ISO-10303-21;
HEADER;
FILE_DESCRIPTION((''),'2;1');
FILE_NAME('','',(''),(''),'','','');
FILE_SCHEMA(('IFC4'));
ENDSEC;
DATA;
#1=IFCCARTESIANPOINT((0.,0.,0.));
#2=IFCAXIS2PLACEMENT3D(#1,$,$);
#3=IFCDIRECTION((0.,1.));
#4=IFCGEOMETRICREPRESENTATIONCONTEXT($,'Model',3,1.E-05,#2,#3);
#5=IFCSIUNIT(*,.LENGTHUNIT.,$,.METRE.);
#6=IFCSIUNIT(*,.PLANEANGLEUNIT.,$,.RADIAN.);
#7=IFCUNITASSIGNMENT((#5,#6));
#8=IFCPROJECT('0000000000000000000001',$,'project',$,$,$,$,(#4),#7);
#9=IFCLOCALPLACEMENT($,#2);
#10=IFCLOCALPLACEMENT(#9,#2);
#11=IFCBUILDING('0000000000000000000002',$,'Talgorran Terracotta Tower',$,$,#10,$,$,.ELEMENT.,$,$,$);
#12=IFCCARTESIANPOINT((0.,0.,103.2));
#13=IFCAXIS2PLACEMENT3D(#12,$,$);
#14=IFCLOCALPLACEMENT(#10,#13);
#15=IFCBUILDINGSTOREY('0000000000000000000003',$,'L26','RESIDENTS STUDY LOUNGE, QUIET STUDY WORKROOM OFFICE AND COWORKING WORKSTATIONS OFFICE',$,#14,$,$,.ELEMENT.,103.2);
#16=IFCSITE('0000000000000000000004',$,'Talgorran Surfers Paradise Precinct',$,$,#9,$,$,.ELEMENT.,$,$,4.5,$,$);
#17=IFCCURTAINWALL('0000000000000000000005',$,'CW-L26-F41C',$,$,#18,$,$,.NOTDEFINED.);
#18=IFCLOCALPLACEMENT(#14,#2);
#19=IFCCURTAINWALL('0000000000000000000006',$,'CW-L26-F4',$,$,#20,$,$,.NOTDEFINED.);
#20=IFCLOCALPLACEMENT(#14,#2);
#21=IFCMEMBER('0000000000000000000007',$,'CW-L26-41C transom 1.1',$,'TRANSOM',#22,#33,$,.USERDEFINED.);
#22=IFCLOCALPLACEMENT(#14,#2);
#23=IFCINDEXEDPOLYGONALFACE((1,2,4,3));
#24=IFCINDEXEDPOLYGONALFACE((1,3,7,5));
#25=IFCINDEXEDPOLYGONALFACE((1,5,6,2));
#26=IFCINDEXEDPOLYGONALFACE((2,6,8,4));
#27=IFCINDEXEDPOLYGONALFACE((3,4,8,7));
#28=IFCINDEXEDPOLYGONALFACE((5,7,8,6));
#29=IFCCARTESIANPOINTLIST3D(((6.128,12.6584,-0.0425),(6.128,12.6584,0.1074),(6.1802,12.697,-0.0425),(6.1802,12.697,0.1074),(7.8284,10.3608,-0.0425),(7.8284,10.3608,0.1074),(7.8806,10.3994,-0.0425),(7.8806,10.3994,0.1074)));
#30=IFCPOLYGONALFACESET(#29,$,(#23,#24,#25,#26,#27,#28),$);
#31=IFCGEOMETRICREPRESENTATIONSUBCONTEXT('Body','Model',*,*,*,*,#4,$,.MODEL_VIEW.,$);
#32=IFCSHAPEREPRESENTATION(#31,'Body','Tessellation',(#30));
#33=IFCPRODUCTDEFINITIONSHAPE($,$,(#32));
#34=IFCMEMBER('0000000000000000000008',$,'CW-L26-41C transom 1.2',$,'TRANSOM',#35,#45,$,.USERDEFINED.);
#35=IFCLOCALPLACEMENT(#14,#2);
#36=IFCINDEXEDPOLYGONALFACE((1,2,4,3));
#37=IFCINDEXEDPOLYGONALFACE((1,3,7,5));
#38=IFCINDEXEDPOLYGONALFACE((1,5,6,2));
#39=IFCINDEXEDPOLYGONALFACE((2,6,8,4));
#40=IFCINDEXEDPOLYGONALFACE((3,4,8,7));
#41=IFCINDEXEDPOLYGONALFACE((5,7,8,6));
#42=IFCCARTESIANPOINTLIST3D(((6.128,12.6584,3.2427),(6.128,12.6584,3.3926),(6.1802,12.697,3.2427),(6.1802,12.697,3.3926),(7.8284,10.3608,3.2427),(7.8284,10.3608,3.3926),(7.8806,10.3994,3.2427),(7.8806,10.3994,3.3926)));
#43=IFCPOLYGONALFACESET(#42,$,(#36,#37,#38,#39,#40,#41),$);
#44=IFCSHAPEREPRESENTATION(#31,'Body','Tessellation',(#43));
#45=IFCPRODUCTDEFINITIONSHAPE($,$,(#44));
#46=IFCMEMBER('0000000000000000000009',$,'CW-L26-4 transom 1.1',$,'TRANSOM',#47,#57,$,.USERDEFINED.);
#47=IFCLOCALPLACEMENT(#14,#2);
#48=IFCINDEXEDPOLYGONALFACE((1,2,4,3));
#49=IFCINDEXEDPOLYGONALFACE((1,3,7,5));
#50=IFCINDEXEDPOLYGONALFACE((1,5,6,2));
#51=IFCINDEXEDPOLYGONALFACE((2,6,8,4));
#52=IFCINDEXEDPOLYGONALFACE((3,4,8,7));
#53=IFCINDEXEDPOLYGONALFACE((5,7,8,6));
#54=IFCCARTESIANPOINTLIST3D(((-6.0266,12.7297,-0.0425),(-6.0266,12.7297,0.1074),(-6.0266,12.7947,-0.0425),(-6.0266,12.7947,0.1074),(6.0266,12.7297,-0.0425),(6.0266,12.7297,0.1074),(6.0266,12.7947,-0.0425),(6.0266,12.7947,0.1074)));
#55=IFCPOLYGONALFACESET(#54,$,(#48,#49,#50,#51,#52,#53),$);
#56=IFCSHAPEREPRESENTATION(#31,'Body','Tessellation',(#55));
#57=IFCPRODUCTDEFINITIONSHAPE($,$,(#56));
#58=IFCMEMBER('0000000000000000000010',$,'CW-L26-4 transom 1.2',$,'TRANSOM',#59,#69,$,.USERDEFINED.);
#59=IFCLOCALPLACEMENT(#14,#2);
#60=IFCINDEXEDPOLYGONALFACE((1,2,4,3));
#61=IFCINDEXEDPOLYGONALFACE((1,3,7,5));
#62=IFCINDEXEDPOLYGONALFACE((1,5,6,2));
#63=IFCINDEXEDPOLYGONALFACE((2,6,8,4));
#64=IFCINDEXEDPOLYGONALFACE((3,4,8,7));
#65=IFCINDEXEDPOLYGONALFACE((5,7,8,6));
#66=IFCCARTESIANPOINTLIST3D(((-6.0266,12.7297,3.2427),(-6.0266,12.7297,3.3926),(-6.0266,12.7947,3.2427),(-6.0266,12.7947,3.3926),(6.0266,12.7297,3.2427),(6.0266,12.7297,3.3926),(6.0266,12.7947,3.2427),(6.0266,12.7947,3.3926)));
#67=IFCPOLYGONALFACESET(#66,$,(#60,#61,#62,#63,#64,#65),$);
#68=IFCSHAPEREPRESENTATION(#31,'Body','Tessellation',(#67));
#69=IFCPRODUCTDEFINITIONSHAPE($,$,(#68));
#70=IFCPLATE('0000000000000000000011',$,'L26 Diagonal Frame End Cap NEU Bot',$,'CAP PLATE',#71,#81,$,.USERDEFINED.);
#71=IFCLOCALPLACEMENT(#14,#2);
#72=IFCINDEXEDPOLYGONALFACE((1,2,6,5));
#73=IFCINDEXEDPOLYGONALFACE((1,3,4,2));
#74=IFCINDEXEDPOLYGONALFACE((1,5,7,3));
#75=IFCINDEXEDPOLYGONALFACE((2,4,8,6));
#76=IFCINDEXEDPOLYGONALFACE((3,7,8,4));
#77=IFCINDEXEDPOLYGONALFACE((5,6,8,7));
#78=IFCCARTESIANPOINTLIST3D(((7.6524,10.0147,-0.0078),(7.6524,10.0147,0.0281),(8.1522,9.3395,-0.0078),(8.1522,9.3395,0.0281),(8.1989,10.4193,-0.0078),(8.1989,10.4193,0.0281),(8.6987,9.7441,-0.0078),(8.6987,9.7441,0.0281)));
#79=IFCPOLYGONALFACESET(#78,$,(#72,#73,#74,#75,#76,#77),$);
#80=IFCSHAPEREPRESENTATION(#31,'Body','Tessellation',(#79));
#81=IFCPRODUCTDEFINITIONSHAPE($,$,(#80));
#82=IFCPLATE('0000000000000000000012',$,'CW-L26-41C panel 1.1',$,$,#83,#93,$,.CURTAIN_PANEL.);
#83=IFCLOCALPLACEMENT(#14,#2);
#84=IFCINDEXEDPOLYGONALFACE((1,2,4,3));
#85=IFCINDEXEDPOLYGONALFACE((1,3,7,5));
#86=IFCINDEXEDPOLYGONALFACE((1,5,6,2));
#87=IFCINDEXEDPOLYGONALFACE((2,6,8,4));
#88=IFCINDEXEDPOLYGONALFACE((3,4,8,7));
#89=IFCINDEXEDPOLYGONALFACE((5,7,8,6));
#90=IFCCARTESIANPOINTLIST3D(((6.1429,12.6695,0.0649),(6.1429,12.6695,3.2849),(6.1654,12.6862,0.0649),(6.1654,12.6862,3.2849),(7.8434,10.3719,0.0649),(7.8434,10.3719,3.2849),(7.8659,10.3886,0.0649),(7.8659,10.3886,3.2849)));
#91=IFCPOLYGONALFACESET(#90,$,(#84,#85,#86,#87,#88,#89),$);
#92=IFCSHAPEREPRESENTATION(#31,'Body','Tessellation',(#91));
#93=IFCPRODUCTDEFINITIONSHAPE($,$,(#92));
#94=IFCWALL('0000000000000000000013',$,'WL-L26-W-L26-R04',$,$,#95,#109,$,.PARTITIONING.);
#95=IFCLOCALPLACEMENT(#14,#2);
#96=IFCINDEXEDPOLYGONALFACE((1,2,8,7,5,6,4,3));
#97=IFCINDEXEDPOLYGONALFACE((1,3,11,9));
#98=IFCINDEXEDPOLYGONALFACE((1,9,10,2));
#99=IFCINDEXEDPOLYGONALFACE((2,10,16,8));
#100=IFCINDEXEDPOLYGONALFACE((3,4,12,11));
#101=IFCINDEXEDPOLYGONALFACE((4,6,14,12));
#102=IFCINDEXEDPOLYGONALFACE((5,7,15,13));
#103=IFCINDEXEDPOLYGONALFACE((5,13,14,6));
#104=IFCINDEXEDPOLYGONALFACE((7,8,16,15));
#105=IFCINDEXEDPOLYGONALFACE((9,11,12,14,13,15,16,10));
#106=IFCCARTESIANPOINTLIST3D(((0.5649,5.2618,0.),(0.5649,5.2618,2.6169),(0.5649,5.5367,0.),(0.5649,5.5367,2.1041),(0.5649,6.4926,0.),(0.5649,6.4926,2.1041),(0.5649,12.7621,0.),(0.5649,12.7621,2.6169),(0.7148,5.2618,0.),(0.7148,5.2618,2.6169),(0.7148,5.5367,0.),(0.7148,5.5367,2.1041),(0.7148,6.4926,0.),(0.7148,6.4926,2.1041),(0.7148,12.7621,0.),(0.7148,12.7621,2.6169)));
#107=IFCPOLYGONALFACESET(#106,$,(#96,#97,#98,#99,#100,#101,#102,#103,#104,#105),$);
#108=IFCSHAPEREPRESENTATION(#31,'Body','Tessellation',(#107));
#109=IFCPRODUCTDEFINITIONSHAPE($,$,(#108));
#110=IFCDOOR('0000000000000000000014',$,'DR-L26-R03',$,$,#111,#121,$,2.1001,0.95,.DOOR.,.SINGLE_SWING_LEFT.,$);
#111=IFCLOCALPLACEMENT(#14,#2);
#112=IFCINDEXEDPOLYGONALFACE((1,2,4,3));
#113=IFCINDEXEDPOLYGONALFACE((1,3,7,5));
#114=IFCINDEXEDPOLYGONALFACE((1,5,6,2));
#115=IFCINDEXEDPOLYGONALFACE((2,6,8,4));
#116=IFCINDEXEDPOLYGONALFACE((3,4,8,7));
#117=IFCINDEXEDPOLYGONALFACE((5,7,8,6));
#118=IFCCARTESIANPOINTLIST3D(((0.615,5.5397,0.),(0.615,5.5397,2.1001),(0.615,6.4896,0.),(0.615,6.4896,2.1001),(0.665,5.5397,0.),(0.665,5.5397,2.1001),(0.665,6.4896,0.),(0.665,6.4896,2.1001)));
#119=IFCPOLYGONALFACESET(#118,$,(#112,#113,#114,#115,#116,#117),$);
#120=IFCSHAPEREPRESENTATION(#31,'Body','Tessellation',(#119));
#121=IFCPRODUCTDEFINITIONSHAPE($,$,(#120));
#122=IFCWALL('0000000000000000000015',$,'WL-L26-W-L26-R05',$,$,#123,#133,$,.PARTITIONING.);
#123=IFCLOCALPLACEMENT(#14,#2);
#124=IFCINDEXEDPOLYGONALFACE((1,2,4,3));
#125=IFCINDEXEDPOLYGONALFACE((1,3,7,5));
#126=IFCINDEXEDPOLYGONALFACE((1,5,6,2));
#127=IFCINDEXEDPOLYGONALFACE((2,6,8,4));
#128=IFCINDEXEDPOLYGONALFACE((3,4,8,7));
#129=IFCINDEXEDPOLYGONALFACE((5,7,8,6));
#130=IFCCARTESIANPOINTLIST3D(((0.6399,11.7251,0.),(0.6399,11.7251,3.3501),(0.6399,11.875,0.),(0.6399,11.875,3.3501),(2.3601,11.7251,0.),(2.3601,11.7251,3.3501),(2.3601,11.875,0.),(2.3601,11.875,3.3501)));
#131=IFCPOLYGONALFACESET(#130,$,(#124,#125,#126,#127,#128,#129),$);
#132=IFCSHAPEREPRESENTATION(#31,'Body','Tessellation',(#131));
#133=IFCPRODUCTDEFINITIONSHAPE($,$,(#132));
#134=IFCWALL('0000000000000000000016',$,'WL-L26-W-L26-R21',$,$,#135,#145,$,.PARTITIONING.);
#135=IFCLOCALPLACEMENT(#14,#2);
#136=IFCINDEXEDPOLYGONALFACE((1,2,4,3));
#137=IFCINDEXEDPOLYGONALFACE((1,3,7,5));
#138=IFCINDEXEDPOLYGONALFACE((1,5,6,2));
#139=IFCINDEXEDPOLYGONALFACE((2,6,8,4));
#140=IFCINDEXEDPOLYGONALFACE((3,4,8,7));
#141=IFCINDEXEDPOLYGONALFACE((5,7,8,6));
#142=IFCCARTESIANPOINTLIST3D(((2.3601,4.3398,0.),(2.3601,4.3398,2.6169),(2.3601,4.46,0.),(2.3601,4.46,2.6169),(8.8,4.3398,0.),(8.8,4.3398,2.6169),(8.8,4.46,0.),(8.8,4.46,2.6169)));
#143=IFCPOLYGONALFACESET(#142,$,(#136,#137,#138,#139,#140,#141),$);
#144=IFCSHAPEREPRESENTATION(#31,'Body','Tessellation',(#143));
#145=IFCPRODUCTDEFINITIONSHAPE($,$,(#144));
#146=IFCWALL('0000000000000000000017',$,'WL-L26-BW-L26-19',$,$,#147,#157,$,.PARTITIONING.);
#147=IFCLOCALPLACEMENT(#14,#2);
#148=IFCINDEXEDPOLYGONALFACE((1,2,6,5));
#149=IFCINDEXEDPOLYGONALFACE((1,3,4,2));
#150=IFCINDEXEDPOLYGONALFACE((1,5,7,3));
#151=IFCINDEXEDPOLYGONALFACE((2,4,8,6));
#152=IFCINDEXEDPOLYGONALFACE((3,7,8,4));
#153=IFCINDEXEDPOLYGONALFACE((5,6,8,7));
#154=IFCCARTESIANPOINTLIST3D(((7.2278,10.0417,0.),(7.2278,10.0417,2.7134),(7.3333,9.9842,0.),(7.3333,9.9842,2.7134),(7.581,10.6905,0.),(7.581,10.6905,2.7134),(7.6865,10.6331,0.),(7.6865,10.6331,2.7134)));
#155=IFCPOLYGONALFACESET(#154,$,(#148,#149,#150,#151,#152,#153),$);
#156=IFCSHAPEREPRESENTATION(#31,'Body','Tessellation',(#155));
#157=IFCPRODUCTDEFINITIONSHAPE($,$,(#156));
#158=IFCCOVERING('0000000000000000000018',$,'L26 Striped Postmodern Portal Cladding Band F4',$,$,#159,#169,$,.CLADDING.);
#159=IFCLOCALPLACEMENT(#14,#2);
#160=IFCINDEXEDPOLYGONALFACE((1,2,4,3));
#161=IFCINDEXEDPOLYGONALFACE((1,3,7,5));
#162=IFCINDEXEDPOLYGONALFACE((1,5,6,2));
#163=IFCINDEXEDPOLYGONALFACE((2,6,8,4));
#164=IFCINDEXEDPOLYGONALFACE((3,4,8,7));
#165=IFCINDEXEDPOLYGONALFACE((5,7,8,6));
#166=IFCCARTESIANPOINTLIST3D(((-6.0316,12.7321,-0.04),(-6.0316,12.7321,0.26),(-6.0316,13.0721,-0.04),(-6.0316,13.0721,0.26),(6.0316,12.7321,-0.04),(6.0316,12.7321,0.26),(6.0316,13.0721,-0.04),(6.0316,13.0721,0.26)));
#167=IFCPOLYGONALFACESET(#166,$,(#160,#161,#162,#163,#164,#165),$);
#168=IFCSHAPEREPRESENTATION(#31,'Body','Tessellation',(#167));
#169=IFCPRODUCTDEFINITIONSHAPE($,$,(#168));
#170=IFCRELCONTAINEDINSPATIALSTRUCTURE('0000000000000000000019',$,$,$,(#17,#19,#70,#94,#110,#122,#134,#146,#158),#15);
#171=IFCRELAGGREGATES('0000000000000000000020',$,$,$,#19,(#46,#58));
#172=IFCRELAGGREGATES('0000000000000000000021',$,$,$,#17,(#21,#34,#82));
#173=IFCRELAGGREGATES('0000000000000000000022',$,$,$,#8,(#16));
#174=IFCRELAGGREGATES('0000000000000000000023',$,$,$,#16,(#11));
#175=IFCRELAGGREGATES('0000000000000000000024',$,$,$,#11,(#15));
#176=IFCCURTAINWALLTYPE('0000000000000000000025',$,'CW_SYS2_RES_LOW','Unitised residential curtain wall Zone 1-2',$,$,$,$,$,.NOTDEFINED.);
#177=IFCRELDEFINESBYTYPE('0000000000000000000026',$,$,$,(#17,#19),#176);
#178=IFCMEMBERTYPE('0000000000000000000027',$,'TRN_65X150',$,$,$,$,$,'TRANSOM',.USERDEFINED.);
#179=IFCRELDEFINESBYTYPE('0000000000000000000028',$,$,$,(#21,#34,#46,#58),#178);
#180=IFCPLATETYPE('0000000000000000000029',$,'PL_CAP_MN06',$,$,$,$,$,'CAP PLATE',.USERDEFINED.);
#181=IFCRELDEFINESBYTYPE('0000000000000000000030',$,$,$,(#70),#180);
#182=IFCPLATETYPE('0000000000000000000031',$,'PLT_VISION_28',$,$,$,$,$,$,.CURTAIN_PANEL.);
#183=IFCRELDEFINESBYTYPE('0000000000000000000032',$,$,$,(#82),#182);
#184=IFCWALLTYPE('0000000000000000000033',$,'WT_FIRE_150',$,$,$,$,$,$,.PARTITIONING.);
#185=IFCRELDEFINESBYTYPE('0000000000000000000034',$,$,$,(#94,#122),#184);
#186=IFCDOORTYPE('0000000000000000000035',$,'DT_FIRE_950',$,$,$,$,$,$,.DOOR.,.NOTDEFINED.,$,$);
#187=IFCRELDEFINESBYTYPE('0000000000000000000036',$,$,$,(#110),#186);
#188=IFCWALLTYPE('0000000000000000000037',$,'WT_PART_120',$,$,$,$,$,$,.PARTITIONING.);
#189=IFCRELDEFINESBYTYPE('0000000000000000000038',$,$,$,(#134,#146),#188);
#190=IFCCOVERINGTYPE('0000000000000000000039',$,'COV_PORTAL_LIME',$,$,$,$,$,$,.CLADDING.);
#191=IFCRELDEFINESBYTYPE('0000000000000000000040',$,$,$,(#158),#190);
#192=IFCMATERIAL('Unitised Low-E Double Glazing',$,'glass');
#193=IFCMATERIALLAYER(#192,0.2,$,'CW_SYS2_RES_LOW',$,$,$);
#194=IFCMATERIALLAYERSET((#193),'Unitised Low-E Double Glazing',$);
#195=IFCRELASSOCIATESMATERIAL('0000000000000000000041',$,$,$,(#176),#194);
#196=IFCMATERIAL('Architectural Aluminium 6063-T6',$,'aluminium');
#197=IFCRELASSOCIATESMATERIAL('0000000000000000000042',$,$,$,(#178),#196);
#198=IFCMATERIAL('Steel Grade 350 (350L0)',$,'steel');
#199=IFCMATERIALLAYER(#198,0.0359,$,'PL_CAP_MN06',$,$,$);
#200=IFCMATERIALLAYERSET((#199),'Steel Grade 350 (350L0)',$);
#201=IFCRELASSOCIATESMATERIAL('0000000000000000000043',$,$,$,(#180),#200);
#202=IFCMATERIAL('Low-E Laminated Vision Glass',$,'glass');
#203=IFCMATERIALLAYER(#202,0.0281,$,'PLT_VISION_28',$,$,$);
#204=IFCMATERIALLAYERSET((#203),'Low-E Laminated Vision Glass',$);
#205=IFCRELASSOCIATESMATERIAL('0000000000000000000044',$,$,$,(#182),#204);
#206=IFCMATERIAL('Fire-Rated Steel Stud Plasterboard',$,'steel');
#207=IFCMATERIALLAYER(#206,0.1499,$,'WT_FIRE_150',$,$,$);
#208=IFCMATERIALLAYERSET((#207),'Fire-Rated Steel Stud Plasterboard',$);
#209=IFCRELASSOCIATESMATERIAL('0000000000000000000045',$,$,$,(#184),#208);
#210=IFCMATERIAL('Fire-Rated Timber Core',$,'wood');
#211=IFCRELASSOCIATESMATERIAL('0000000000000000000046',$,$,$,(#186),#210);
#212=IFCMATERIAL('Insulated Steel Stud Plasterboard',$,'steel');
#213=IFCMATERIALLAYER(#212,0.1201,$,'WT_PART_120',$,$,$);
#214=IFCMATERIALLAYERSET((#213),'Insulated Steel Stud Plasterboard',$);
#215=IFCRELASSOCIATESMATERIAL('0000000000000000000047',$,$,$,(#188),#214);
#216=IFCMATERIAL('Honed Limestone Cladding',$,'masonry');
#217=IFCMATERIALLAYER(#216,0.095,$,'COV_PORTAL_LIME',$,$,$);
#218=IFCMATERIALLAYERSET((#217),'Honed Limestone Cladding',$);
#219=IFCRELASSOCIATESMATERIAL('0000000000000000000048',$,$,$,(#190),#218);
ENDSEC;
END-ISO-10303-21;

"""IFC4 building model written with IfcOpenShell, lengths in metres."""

from ifc_helpers import new_model, si_unit, direction, frame, frame_2d, origin, origin_2d, place, context, subcontext, project, spatial, rectangle, extrude, source, transform, mapped, material, layer, layer_set, material_profile, profile_set, type_object, type_shapes, element, fill, aggregate, save


model = new_model("IFC4")

# Units and contexts
model_context = context("Model", 3, precision=1e-05, world=origin(), true_north=direction((0.0, 1.0)))
body_context = subcontext(model_context, "Body", "Model", "MODEL_VIEW")
ifc_project = project(units=[si_unit("LENGTHUNIT", "METRE"), si_unit("PLANEANGLEUNIT", "RADIAN")], contexts=[model_context])

# Site, building, storey
site_placement = place(None, origin())
site = spatial("IfcSite", under=ifc_project, at=site_placement, Name="Talgorran Surfers Paradise Precinct", CompositionType="ELEMENT", RefElevation=4.5)
building_placement = place(site_placement, origin())
building = spatial("IfcBuilding", under=site, at=building_placement, Name="Talgorran Terracotta Tower", CompositionType="ELEMENT")
storey_placement = place(building_placement, frame((0.0, 0.0, 103.2)))
storey = spatial("IfcBuildingStorey", under=building, at=storey_placement, Name="L26", Description="RESIDENTS STUDY LOUNGE, QUIET STUDY WORKROOM OFFICE AND COWORKING WORKSTATIONS OFFICE", CompositionType="ELEMENT", Elevation=103.2)

# Shared definitions
ifc_material_1 = material(Name="Steel Grade 350 (350L0)", Category="steel")

# Shared definitions
ifc_material_2 = material(Name="Unitised Low-E Double Glazing", Category="glass")
ifc_layer_1 = layer(ifc_material_2, 0.2, Name="CW_SYS2_RES_LOW")
ifc_layer_set_1 = layer_set([ifc_layer_1], Name="Unitised Low-E Double Glazing")
curtain_wall_type = type_object("IfcCurtainWallType", Name="CW_SYS2_RES_LOW", Description="Unitised residential curtain wall Zone 1-2", PredefinedType="NOTDEFINED", material=ifc_layer_set_1)
ifc_material_3 = material(Name="Architectural Aluminium 6063-T6", Category="aluminium")

# Curtain wall
curtain_wall_1_placement = place(storey_placement, origin())
curtain_wall_1 = element("IfcCurtainWall", 1, at=curtain_wall_1_placement, inside=storey, type_object=curtain_wall_type, Name="CW-L26-F41C", PredefinedType="NOTDEFINED")

# Curtain wall
curtain_wall_2_placement = place(storey_placement, origin())
curtain_wall_2 = element("IfcCurtainWall", 2, at=curtain_wall_2_placement, inside=storey, type_object=curtain_wall_type, Name="CW-L26-F4", PredefinedType="NOTDEFINED")

# Members
ifc_material_profile_1 = material_profile(ifc_material_3, rectangle(XDim=0.0649, YDim=0.1499, at=origin_2d()), Name="CWT65X150")
ifc_profile_set_1 = profile_set([ifc_material_profile_1], Name="Architectural Aluminium 6063-T6")
member_type_1 = type_object("IfcMemberType", Name="TRN_65X150", ElementType="TRANSOM", PredefinedType="USERDEFINED", material=ifc_profile_set_1)
member_1_placement = place(storey_placement, frame((7.8545, 10.3801, 0.0325), z_axis=(-0.59489, 0.803807, 0.0), x_axis=(-0.803807, -0.59489, 0.0)))
member_1 = element("IfcMember", 3, at=member_1_placement, type_object=member_type_1, Name="CW-L26-41C transom 1.1", ObjectType="TRANSOM", PredefinedType="USERDEFINED", context=body_context, shape_type="SweptSolid", body=[
    extrude(rectangle(XDim=0.0649, YDim=0.1499, at=origin_2d()), origin(), (0.0, 0.0, 1.0), 2.8584),
])
member_2_placement = place(storey_placement, frame((7.8545, 10.3801, 3.3176), z_axis=(-0.59489, 0.803807, 0.0), x_axis=(-0.803807, -0.59489, 0.0)))
member_2 = element("IfcMember", 4, at=member_2_placement, type_object=member_type_1, Name="CW-L26-41C transom 1.2", ObjectType="TRANSOM", PredefinedType="USERDEFINED", context=body_context, shape_type="SweptSolid", body=[
    extrude(rectangle(XDim=0.0649, YDim=0.1499, at=origin_2d()), origin(), (0.0, 0.0, 1.0), 2.8584),
])
member_3_placement = place(storey_placement, frame((6.0266, 12.7622, 0.0325), z_axis=(-1.0, 0.0, 0.0), x_axis=(0.0, -1.0, 0.0)))
member_3 = element("IfcMember", 5, at=member_3_placement, type_object=member_type_1, Name="CW-L26-4 transom 1.1", ObjectType="TRANSOM", PredefinedType="USERDEFINED", context=body_context, shape_type="SweptSolid", body=[
    extrude(rectangle(XDim=0.0649, YDim=0.1499, at=origin_2d()), origin(), (0.0, 0.0, 1.0), 12.0532),
])
member_4_placement = place(storey_placement, frame((6.0266, 12.7622, 3.3176), z_axis=(-1.0, 0.0, 0.0), x_axis=(0.0, -1.0, 0.0)))
member_4 = element("IfcMember", 6, at=member_4_placement, type_object=member_type_1, Name="CW-L26-4 transom 1.2", ObjectType="TRANSOM", PredefinedType="USERDEFINED", context=body_context, shape_type="SweptSolid", body=[
    extrude(rectangle(XDim=0.0649, YDim=0.1499, at=origin_2d()), origin(), (0.0, 0.0, 1.0), 12.0532),
])
aggregate(curtain_wall_2, [member_3, member_4])

# Plates
ifc_layer_2 = layer(ifc_material_1, 0.0359, Name="PL_CAP_MN06")
ifc_layer_set_2 = layer_set([ifc_layer_2], Name="Steel Grade 350 (350L0)")
plate_type_1 = type_object("IfcPlateType", Name="PL_CAP_MN06", ElementType="CAP PLATE", PredefinedType="USERDEFINED", material=ifc_layer_set_2)
plate_1_placement = place(storey_placement, frame((8.1755, 9.8794, -0.0078), z_axis=(0.0, 0.0, 1.0), x_axis=(0.594963, -0.803753, 0.0)))
element("IfcPlate", 7, at=plate_1_placement, inside=storey, type_object=plate_type_1, Name="L26 Diagonal Frame End Cap NEU Bot", ObjectType="CAP PLATE", PredefinedType="USERDEFINED", context=body_context, shape_type="SweptSolid", body=[
    extrude(rectangle(XDim=0.8401, YDim=0.6799, at=origin_2d()), origin(), (0.0, 0.0, 1.0), 0.0359),
])
ifc_material_4 = material(Name="Low-E Laminated Vision Glass", Category="glass")
ifc_layer_3 = layer(ifc_material_4, 0.0281, Name="PLT_VISION_28")
ifc_layer_set_3 = layer_set([ifc_layer_3], Name="Low-E Laminated Vision Glass")
plate_type_2 = type_object("IfcPlateType", Name="PLT_VISION_28", PredefinedType="CURTAIN_PANEL", material=ifc_layer_set_3)
shared_shape = source(origin(), body_context, "Body", "SweptSolid", [
    extrude(rectangle(XDim=2.8584, YDim=0.0281, at=origin_2d()), origin(), (0.0, 0.0, 1.0), 3.22),
])
type_shapes(plate_type_2, [shared_shape])
plate_2_placement = place(storey_placement, frame((7.0044, 11.5291, 0.0649), z_axis=(0.0, 0.0, 1.0), x_axis=(-0.594912, 0.803791, 0.0)))
plate_2 = element("IfcPlate", 8, at=plate_2_placement, type_object=plate_type_2, Name="CW-L26-41C panel 1.1", PredefinedType="CURTAIN_PANEL", context=body_context, shape_type="MappedRepresentation", body=[
    mapped(shared_shape, transform((0.0, 0.0, 0.0), scale=1.0)),
])
aggregate(curtain_wall_1, [member_1, member_2, plate_2])

# Wall, opening, door
ifc_material_5 = material(Name="Fire-Rated Steel Stud Plasterboard", Category="steel")
ifc_layer_4 = layer(ifc_material_5, 0.1499, Name="WT_FIRE_150")
ifc_layer_set_4 = layer_set([ifc_layer_4], Name="Fire-Rated Steel Stud Plasterboard")
wall_type_1 = type_object("IfcWallType", Name="WT_FIRE_150", PredefinedType="PARTITIONING", material=ifc_layer_set_4)
wall_1_placement = place(storey_placement, frame((0.6399, 5.262, 0.0), z_axis=(0.0, 0.0, 1.0), x_axis=(0.0, 1.0, 0.0)))
wall_1 = element("IfcWall", 9, at=wall_1_placement, inside=storey, type_object=wall_type_1, Name="WL-L26-W-L26-R04", PredefinedType="PARTITIONING", context=body_context, shape_type="SweptSolid", body=[
    extrude(rectangle(XDim=7.5002, YDim=0.1499, at=frame_2d((3.75, 0.0))), origin(), (0.0, 0.0, 1.0), 2.6169),
])
opening_placement = place(wall_1_placement, frame((0.2776, 0.0, 0.0)))
opening = element("IfcOpeningElement", 10, at=opening_placement, cuts=wall_1, PredefinedType="OPENING", context=body_context, shape_type="SweptSolid", body=[
    extrude(rectangle(XDim=0.956, YDim=2.1041, at=frame_2d((0.4751, 1.052))), frame((0.0, 0.085, 0.0), z_axis=(0.0, -1.0, 0.0), x_axis=(1.0, 0.0, 0.0)), (0.0, 0.0, 1.0), 0.1699),
])
ifc_material_6 = material(Name="Fire-Rated Timber Core", Category="wood")
door_type = type_object("IfcDoorType", Name="DT_FIRE_950", OperationType="NOTDEFINED", PredefinedType="DOOR", material=ifc_material_6)
door_placement = place(opening_placement, origin())
door = element("IfcDoor", 11, at=door_placement, inside=storey, type_object=door_type, Name="DR-L26-R03", OperationType="SINGLE_SWING_LEFT", OverallHeight=2.1001, OverallWidth=0.95, PredefinedType="DOOR", context=body_context, shape_type="SweptSolid", body=[
    extrude(rectangle(XDim=0.95, YDim=2.1001, at=frame_2d((0.4751, 1.05))), frame((0.0, 0.0249, 0.0), z_axis=(0.0, -1.0, 0.0), x_axis=(1.0, 0.0, 0.0)), (0.0, 0.0, 1.0), 0.05),
])
fill(opening, door)

# Walls
wall_2_placement = place(storey_placement, frame((0.6399, 11.8, 0.0), z_axis=(0.0, 0.0, 1.0), x_axis=(1.0, 0.0, 0.0)))
element("IfcWall", 12, at=wall_2_placement, inside=storey, type_object=wall_type_1, Name="WL-L26-W-L26-R05", PredefinedType="PARTITIONING", context=body_context, shape_type="SweptSolid", body=[
    extrude(rectangle(XDim=1.7202, YDim=0.1499, at=frame_2d((0.8601, 0.0))), origin(), (0.0, 0.0, 1.0), 3.3501),
])
ifc_material_7 = material(Name="Insulated Steel Stud Plasterboard", Category="steel")
ifc_layer_5 = layer(ifc_material_7, 0.1201, Name="WT_PART_120")
ifc_layer_set_5 = layer_set([ifc_layer_5], Name="Insulated Steel Stud Plasterboard")
wall_type_2 = type_object("IfcWallType", Name="WT_PART_120", PredefinedType="PARTITIONING", material=ifc_layer_set_5)
wall_3_placement = place(storey_placement, frame((2.3601, 4.3999, 0.0), z_axis=(0.0, 0.0, 1.0), x_axis=(1.0, 0.0, 0.0)))
element("IfcWall", 13, at=wall_3_placement, inside=storey, type_object=wall_type_2, Name="WL-L26-W-L26-R21", PredefinedType="PARTITIONING", context=body_context, shape_type="SweptSolid", body=[
    extrude(rectangle(XDim=6.4399, YDim=0.1201, at=frame_2d((3.22, 0.0))), origin(), (0.0, 0.0, 1.0), 2.6169),
])
wall_4_placement = place(storey_placement, frame((7.2805, 10.0129, 0.0), z_axis=(0.0, 0.0, 1.0), x_axis=(0.478134, 0.878287, 0.0)))
element("IfcWall", 14, at=wall_4_placement, inside=storey, type_object=wall_type_2, Name="WL-L26-BW-L26-19", PredefinedType="PARTITIONING", context=body_context, shape_type="SweptSolid", body=[
    extrude(rectangle(XDim=0.7388, YDim=0.1201, at=frame_2d((0.3694, 0.0))), origin(), (0.0, 0.0, 1.0), 2.7134),
])

# Covering
ifc_material_8 = material(Name="Honed Limestone Cladding", Category="masonry")
ifc_layer_6 = layer(ifc_material_8, 0.095, Name="COV_PORTAL_LIME")
ifc_layer_set_6 = layer_set([ifc_layer_6], Name="Honed Limestone Cladding")
covering_type = type_object("IfcCoveringType", Name="COV_PORTAL_LIME", PredefinedType="CLADDING", material=ifc_layer_set_6)
covering_placement = place(storey_placement, frame((0.0, 12.9021, -0.04), z_axis=(0.0, 0.0, 1.0), x_axis=(-1.0, 0.0, 0.0)))
element("IfcCovering", 15, at=covering_placement, inside=storey, type_object=covering_type, Name="L26 Striped Postmodern Portal Cladding Band F4", PredefinedType="CLADDING", context=body_context, shape_type="SweptSolid", body=[
    extrude(rectangle(XDim=12.0632, YDim=0.3401, at=origin_2d()), origin(), (0.0, 0.0, 1.0), 0.3),
])

save(model, "model.ifc")
